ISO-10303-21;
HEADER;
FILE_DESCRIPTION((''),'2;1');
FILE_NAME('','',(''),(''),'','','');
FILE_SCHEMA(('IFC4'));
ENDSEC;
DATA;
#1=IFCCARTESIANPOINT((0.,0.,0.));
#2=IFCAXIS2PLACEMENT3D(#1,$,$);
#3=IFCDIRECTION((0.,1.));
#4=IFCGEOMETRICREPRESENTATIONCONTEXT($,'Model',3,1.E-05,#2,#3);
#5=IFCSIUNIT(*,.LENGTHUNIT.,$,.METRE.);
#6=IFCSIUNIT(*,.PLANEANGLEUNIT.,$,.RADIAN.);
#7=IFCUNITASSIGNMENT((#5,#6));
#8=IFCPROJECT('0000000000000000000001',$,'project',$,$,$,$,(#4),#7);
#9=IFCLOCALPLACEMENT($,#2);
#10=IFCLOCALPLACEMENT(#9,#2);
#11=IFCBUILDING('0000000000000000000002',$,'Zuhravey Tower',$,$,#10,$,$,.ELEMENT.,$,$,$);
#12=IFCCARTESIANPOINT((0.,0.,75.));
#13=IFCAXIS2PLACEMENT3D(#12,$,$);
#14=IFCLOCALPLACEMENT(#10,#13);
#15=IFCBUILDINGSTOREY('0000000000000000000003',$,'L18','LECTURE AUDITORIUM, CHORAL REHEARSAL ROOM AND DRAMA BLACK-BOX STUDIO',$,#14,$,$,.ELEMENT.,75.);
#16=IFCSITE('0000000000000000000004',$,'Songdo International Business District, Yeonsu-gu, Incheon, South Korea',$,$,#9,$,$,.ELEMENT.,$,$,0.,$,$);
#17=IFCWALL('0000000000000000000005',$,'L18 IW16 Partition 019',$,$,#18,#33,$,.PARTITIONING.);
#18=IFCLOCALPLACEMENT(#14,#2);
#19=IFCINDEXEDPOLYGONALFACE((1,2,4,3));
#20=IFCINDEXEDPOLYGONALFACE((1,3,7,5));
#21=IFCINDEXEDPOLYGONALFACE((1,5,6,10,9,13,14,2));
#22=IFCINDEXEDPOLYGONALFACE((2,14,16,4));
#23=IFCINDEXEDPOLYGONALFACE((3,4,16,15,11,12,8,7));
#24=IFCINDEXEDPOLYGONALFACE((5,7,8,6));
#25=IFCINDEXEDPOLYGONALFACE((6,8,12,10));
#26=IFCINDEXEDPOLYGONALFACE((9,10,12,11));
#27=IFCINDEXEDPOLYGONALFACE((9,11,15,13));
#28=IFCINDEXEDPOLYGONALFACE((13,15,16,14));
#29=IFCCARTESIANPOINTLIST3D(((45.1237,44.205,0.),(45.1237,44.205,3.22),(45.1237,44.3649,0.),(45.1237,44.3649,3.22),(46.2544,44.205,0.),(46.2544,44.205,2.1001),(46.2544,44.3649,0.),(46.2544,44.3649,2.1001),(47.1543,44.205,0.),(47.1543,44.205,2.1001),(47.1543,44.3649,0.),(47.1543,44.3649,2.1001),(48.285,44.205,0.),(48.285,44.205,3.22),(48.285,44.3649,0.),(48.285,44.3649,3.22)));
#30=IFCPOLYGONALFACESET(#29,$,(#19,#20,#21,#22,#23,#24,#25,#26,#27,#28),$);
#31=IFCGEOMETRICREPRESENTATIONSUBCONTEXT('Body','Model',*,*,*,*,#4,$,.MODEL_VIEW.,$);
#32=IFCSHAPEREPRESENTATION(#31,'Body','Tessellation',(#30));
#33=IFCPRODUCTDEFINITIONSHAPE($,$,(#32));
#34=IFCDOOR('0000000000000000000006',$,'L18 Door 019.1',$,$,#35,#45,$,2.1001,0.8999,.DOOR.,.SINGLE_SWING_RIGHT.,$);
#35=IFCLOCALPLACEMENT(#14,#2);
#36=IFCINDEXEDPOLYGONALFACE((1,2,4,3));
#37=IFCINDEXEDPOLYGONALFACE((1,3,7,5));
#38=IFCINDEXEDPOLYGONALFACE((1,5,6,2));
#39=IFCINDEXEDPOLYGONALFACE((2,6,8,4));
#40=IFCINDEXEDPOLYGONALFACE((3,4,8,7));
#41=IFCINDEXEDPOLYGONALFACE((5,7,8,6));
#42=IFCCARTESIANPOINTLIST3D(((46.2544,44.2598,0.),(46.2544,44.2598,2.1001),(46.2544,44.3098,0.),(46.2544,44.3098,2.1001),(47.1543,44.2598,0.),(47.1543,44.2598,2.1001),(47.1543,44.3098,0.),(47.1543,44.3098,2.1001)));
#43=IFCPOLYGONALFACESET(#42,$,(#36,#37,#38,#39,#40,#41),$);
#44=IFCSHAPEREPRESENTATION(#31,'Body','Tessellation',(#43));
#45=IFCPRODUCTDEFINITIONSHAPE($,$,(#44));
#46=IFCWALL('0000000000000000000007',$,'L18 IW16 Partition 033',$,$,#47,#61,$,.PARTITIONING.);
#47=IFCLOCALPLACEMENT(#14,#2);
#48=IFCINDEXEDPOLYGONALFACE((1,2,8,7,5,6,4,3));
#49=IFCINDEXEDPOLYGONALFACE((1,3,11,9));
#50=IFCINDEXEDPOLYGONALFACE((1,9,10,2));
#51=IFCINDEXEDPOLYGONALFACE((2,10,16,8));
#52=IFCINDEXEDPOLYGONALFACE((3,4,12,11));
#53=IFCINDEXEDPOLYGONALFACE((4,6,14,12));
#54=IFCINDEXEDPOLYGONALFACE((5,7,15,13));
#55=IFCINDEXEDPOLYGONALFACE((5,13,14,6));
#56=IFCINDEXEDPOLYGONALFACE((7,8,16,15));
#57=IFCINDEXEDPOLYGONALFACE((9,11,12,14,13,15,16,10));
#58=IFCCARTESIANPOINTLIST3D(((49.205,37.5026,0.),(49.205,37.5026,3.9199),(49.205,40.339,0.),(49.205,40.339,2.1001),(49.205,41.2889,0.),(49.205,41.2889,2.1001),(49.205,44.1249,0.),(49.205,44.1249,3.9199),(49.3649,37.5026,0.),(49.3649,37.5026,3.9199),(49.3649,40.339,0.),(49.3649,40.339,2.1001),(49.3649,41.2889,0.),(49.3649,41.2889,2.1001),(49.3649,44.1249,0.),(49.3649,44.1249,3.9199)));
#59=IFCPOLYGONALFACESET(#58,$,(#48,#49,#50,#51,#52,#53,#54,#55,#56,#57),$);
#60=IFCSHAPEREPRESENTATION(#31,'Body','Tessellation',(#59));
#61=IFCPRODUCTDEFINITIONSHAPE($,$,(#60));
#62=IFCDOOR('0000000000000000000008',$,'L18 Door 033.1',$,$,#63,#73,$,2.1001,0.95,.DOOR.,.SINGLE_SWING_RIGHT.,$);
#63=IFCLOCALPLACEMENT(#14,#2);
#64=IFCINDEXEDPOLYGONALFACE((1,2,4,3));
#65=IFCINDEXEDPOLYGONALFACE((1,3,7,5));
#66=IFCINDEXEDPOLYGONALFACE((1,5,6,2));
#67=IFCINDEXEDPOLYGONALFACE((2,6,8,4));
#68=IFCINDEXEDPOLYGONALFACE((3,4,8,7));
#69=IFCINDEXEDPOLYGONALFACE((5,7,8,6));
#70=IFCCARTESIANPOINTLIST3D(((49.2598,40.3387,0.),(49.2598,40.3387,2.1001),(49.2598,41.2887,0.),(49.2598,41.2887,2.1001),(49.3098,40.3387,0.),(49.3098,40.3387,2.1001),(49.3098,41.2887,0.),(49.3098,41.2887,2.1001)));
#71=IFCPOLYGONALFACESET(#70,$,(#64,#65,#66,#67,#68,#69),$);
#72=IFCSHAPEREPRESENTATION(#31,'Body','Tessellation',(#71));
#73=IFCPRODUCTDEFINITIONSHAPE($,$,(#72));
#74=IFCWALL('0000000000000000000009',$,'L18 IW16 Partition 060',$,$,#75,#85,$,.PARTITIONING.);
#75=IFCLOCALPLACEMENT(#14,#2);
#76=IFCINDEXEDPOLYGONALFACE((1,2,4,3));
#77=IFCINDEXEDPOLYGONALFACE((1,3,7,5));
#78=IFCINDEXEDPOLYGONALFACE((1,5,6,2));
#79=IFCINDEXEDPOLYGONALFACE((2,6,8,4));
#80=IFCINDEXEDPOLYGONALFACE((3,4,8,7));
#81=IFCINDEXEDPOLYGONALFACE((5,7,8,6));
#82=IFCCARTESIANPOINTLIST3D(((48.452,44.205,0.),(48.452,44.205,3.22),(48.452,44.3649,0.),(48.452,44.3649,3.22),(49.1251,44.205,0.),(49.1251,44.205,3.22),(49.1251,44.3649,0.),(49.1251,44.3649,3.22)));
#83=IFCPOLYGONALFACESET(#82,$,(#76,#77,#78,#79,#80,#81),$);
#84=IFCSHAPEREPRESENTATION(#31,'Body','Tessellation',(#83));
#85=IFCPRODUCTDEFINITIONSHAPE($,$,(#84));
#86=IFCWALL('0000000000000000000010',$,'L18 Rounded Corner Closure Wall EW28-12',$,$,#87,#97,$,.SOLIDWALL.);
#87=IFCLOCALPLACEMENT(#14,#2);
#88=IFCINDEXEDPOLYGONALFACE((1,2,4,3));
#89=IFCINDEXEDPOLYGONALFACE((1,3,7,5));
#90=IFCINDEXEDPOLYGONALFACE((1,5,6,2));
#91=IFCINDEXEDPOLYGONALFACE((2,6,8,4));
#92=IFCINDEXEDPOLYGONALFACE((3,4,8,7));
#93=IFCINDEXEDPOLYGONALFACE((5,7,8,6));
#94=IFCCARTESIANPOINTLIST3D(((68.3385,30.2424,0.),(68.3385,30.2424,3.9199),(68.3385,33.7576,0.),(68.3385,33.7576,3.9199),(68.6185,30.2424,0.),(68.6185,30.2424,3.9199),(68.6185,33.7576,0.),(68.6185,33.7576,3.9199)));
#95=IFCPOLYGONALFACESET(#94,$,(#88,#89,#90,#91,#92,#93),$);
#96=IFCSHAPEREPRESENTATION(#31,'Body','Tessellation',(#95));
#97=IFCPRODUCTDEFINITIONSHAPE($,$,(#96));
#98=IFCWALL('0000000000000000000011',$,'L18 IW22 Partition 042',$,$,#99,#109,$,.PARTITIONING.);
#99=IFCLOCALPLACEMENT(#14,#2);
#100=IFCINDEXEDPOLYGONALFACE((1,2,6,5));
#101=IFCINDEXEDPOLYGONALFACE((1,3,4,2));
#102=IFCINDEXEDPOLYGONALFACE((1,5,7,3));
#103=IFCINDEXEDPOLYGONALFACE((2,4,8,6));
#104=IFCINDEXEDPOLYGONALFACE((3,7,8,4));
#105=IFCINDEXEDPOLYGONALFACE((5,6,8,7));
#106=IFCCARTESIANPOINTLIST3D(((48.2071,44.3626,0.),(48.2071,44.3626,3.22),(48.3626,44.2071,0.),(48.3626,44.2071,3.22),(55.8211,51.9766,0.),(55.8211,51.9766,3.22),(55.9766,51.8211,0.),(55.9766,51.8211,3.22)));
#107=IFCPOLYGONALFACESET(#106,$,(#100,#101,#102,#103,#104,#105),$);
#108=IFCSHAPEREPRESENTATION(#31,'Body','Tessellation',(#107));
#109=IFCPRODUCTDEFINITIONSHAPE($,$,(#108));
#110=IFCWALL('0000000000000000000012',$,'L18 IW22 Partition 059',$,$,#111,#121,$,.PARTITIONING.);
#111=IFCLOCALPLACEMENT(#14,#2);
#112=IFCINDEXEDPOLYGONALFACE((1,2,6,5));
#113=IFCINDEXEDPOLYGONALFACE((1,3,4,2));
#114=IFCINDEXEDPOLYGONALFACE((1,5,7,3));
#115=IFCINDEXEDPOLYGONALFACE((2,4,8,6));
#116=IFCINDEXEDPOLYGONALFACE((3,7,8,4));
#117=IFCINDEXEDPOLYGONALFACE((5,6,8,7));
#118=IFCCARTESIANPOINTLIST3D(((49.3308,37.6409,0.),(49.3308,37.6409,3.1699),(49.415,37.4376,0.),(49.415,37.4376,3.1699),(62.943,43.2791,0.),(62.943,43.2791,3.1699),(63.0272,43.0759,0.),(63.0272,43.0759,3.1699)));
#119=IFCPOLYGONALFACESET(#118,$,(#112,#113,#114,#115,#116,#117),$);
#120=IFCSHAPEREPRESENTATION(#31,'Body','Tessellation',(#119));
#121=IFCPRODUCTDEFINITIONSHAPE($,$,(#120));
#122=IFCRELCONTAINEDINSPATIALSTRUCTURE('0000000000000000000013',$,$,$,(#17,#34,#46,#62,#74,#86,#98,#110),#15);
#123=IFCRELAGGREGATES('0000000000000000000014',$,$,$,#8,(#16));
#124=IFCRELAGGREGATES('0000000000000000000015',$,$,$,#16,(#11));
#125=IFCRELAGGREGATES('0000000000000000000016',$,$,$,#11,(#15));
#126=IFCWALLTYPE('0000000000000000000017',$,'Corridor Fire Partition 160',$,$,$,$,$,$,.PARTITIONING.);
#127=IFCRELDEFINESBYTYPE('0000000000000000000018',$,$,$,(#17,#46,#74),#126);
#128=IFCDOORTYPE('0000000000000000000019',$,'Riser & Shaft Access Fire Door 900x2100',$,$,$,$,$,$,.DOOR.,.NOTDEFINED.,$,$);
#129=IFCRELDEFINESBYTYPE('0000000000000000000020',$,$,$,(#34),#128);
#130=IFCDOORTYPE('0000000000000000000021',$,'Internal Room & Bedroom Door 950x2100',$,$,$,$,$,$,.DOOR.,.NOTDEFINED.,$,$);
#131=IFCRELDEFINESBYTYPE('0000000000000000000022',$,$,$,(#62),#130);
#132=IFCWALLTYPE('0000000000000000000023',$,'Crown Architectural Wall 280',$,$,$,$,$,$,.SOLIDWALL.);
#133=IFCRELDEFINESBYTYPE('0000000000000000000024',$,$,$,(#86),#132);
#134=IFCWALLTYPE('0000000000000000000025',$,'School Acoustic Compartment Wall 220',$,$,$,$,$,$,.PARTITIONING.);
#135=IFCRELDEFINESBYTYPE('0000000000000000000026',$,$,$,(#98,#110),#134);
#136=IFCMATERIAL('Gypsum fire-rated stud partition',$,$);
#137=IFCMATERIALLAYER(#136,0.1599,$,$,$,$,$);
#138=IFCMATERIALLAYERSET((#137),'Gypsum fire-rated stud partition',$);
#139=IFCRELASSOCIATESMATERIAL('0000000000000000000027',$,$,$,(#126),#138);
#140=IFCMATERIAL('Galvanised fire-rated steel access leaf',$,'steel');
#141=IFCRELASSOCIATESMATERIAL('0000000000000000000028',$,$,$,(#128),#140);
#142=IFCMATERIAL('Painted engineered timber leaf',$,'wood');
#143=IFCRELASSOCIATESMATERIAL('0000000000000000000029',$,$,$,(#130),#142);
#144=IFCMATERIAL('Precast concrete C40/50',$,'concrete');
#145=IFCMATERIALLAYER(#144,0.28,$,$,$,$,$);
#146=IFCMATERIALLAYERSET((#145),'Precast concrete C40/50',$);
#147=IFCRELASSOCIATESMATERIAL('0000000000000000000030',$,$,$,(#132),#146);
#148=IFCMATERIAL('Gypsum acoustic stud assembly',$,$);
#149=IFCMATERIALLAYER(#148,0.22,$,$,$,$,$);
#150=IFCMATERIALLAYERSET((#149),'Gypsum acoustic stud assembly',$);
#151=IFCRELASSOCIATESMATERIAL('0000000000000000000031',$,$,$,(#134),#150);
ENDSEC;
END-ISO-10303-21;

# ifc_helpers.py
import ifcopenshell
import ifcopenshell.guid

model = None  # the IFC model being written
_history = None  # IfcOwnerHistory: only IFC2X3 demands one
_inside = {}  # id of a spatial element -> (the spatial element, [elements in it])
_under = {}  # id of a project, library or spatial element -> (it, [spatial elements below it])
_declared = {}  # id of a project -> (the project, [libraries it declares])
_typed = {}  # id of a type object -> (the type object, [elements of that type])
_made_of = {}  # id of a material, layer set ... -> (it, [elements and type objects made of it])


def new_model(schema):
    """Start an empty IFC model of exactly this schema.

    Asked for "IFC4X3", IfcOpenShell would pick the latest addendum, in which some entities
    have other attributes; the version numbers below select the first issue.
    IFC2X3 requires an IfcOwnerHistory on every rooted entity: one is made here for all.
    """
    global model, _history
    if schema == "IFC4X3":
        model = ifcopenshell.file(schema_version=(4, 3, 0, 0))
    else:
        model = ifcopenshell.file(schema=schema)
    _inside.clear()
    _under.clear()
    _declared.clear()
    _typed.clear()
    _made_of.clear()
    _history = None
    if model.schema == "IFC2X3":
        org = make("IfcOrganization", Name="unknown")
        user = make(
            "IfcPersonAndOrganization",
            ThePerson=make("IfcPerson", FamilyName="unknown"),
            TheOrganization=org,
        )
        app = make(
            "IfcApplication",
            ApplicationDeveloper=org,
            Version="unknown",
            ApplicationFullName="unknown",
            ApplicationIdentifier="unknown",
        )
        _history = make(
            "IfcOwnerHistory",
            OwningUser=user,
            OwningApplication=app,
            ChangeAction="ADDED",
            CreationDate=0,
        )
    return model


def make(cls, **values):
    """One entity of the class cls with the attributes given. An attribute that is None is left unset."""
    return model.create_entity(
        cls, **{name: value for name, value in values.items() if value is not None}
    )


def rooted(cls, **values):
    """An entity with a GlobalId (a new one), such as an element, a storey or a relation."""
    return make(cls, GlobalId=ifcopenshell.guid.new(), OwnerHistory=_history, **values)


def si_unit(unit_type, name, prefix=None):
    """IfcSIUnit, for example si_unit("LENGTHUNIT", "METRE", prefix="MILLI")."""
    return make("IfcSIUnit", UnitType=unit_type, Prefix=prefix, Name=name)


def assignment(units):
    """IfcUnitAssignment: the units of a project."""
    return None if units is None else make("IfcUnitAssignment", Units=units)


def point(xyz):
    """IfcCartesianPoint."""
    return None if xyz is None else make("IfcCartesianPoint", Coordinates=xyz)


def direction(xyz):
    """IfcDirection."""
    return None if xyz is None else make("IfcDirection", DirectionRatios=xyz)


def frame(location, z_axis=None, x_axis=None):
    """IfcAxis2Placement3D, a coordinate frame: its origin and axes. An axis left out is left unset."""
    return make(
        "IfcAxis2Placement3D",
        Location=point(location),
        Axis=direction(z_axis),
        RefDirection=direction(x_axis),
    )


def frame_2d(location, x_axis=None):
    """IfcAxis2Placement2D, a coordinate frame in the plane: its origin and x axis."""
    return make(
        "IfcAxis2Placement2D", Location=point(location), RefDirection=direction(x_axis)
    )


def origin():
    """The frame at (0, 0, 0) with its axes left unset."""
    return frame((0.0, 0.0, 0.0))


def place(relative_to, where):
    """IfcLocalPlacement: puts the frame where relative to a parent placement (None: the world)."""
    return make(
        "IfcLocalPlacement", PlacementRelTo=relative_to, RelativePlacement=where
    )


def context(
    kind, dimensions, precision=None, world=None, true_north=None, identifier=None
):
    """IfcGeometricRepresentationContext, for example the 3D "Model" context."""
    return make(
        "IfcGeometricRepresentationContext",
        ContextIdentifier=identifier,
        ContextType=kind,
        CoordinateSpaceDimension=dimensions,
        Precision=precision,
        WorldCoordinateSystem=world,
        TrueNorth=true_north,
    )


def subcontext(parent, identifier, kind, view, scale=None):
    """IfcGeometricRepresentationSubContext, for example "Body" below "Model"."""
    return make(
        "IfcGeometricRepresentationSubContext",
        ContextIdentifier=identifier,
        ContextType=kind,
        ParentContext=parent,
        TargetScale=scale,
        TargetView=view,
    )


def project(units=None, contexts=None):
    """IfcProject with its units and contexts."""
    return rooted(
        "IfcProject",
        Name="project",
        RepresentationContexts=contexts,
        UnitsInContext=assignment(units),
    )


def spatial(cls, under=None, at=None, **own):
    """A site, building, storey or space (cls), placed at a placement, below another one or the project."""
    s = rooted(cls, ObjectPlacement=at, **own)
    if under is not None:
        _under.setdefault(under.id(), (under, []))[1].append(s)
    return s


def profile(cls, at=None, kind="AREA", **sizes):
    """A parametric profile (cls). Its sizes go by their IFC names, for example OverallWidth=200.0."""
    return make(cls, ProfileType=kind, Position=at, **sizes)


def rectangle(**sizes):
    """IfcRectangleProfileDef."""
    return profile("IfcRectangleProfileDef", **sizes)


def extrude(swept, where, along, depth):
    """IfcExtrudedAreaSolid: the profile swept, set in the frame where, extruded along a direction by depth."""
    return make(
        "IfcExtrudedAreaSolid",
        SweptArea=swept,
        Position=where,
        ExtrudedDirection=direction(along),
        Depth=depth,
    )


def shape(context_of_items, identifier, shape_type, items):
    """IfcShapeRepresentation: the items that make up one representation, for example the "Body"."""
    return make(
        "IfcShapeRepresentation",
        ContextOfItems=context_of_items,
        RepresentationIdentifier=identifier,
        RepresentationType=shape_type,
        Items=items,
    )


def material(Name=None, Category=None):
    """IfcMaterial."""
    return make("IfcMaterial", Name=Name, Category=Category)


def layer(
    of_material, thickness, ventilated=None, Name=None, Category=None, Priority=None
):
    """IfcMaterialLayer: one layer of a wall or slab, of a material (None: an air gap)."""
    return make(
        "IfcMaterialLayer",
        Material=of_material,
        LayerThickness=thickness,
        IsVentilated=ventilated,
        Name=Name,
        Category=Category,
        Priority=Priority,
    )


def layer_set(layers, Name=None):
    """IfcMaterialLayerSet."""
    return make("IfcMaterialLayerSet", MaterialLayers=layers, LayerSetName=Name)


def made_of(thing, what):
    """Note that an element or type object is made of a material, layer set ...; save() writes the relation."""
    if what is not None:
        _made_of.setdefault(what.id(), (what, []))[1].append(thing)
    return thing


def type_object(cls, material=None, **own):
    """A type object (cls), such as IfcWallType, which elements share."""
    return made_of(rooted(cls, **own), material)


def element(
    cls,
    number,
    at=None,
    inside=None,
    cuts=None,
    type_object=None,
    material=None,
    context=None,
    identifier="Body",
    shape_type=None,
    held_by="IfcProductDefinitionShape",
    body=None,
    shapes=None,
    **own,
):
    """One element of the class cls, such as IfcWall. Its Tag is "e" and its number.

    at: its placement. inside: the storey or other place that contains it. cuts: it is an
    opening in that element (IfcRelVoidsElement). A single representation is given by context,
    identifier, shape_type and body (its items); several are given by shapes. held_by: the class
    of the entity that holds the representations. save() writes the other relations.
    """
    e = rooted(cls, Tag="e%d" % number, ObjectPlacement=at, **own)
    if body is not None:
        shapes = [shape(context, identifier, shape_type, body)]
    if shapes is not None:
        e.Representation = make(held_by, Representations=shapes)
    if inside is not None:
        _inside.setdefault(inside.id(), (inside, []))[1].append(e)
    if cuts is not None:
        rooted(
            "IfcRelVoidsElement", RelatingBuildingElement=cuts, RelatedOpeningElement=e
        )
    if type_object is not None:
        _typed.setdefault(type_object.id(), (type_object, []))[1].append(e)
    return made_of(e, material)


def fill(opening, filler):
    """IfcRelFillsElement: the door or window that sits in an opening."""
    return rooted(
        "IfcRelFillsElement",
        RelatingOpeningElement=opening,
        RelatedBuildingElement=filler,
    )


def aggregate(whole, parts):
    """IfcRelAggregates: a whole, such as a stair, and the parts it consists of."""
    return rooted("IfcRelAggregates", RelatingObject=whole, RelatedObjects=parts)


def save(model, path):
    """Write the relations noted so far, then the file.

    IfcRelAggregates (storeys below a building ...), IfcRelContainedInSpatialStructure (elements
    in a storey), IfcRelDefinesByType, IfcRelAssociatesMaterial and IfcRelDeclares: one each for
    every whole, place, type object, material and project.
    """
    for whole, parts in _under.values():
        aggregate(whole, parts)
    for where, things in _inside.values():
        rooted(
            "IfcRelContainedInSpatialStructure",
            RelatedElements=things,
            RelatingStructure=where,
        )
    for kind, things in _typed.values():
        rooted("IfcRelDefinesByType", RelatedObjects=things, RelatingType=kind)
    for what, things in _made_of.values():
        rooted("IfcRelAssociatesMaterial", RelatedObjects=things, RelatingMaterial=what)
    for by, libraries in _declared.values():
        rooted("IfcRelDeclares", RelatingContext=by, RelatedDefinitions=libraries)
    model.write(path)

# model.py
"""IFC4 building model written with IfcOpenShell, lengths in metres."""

from ifc_helpers import new_model, si_unit, direction, frame, frame_2d, origin, place, context, subcontext, project, spatial, rectangle, extrude, material, layer, layer_set, type_object, element, fill, save


model = new_model("IFC4")

# Units and contexts
model_context = context("Model", 3, precision=1e-05, world=origin(), true_north=direction((0.0, 1.0)))
body_context = subcontext(model_context, "Body", "Model", "MODEL_VIEW")
ifc_project = project(units=[si_unit("LENGTHUNIT", "METRE"), si_unit("PLANEANGLEUNIT", "RADIAN")], contexts=[model_context])

# Site, building, storey
site_placement = place(None, origin())
site = spatial("IfcSite", under=ifc_project, at=site_placement, Name="Songdo International Business District, Yeonsu-gu, Incheon, South Korea", CompositionType="ELEMENT", RefElevation=0.0)
building_placement = place(site_placement, origin())
building = spatial("IfcBuilding", under=site, at=building_placement, Name="Zuhravey Tower", CompositionType="ELEMENT")
storey_placement = place(building_placement, frame((0.0, 0.0, 75.0)))
storey = spatial("IfcBuildingStorey", under=building, at=storey_placement, Name="L18", Description="LECTURE AUDITORIUM, CHORAL REHEARSAL ROOM AND DRAMA BLACK-BOX STUDIO", CompositionType="ELEMENT", Elevation=75.0)

# Walls, openings, doors
ifc_material_1 = material(Name="Gypsum fire-rated stud partition")
ifc_layer_1 = layer(ifc_material_1, 0.1599)
ifc_layer_set_1 = layer_set([ifc_layer_1], Name="Gypsum fire-rated stud partition")
wall_type_1 = type_object("IfcWallType", Name="Corridor Fire Partition 160", PredefinedType="PARTITIONING", material=ifc_layer_set_1)
wall_1_placement = place(storey_placement, frame((48.2849, 44.2849, 0.0), z_axis=(0.0, 0.0, 1.0), x_axis=(-1.0, 0.0, 0.0)))
wall_1 = element("IfcWall", 1, at=wall_1_placement, inside=storey, type_object=wall_type_1, Name="L18 IW16 Partition 019", PredefinedType="PARTITIONING", context=body_context, shape_type="SweptSolid", body=[
    extrude(rectangle(XDim=3.1614, YDim=0.1599, at=frame_2d((1.5806, 0.0))), origin(), (0.0, 0.0, 1.0), 3.22),
])
opening_1_placement = place(wall_1_placement, frame((1.1306, 0.0, 0.0)))
opening_1 = element("IfcOpeningElement", 2, at=opening_1_placement, cuts=wall_1, PredefinedType="OPENING", context=body_context, shape_type="SweptSolid", body=[
    extrude(rectangle(XDim=0.8999, YDim=2.1001, at=frame_2d((0.45, 1.05))), frame((0.0, 0.092, 0.0), z_axis=(0.0, -1.0, 0.0), x_axis=(1.0, 0.0, 0.0)), (0.0, 0.0, 1.0), 0.1838),
])
ifc_material_2 = material(Name="Galvanised fire-rated steel access leaf", Category="steel")
door_type_1 = type_object("IfcDoorType", Name="Riser & Shaft Access Fire Door 900x2100", OperationType="NOTDEFINED", PredefinedType="DOOR", material=ifc_material_2)
door_1_placement = place(opening_1_placement, frame((0.8999, 0.0, 0.0), z_axis=(0.0, 0.0, 1.0), x_axis=(-1.0, 0.0, 0.0)))
door_1 = element("IfcDoor", 3, at=door_1_placement, inside=storey, type_object=door_type_1, Name="L18 Door 019.1", OperationType="SINGLE_SWING_RIGHT", OverallHeight=2.1001, OverallWidth=0.8999, PredefinedType="DOOR", context=body_context, shape_type="SweptSolid", body=[
    extrude(rectangle(XDim=0.8999, YDim=2.1001, at=frame_2d((0.45, 1.05))), frame((0.0, 0.0249, 0.0), z_axis=(0.0, -1.0, 0.0), x_axis=(1.0, 0.0, 0.0)), (0.0, 0.0, 1.0), 0.05),
])
fill(opening_1, door_1)
wall_2_placement = place(storey_placement, frame((49.2849, 37.5027, 0.0), z_axis=(0.0, 0.0, 1.0), x_axis=(0.0, 1.0, 0.0)))
wall_2 = element("IfcWall", 4, at=wall_2_placement, inside=storey, type_object=wall_type_1, Name="L18 IW16 Partition 033", PredefinedType="PARTITIONING", context=body_context, shape_type="SweptSolid", body=[
    extrude(rectangle(XDim=6.6223, YDim=0.1599, at=frame_2d((3.311, 0.0))), origin(), (0.0, 0.0, 1.0), 3.9199),
])
opening_2_placement = place(wall_2_placement, frame((2.8362, 0.0, 0.0)))
opening_2 = element("IfcOpeningElement", 5, at=opening_2_placement, cuts=wall_2, PredefinedType="OPENING", context=body_context, shape_type="SweptSolid", body=[
    extrude(rectangle(XDim=0.95, YDim=2.1001, at=frame_2d((0.4751, 1.05))), frame((0.0, 0.092, 0.0), z_axis=(0.0, -1.0, 0.0), x_axis=(1.0, 0.0, 0.0)), (0.0, 0.0, 1.0), 0.1838),
])
ifc_material_3 = material(Name="Painted engineered timber leaf", Category="wood")
door_type_2 = type_object("IfcDoorType", Name="Internal Room & Bedroom Door 950x2100", OperationType="NOTDEFINED", PredefinedType="DOOR", material=ifc_material_3)
door_2_placement = place(opening_2_placement, frame((0.95, 0.0, 0.0), z_axis=(0.0, 0.0, 1.0), x_axis=(-1.0, 0.0, 0.0)))
door_2 = element("IfcDoor", 6, at=door_2_placement, inside=storey, type_object=door_type_2, Name="L18 Door 033.1", OperationType="SINGLE_SWING_RIGHT", OverallHeight=2.1001, OverallWidth=0.95, PredefinedType="DOOR", context=body_context, shape_type="SweptSolid", body=[
    extrude(rectangle(XDim=0.95, YDim=2.1001, at=frame_2d((0.4751, 1.05))), frame((0.0, 0.0249, 0.0), z_axis=(0.0, -1.0, 0.0), x_axis=(1.0, 0.0, 0.0)), (0.0, 0.0, 1.0), 0.05),
])
fill(opening_2, door_2)

# Walls
wall_3_placement = place(storey_placement, frame((49.125, 44.2849, 0.0), z_axis=(0.0, 0.0, 1.0), x_axis=(-1.0, 0.0, 0.0)))
element("IfcWall", 7, at=wall_3_placement, inside=storey, type_object=wall_type_1, Name="L18 IW16 Partition 060", PredefinedType="PARTITIONING", context=body_context, shape_type="SweptSolid", body=[
    extrude(rectangle(XDim=0.6731, YDim=0.1599, at=frame_2d((0.3364, 0.0))), origin(), (0.0, 0.0, 1.0), 3.22),
])
ifc_material_4 = material(Name="Precast concrete C40/50", Category="concrete")
ifc_layer_2 = layer(ifc_material_4, 0.28)
ifc_layer_set_2 = layer_set([ifc_layer_2], Name="Precast concrete C40/50")
wall_type_2 = type_object("IfcWallType", Name="Crown Architectural Wall 280", PredefinedType="SOLIDWALL", material=ifc_layer_set_2)
wall_4_placement = place(storey_placement, frame((68.4785, 33.7576, 0.0), z_axis=(0.0, 0.0, 1.0), x_axis=(0.0, -1.0, 0.0)))
element("IfcWall", 8, at=wall_4_placement, inside=storey, type_object=wall_type_2, Name="L18 Rounded Corner Closure Wall EW28-12", PredefinedType="SOLIDWALL", context=body_context, shape_type="SweptSolid", body=[
    extrude(rectangle(XDim=3.5151, YDim=0.28, at=frame_2d((1.7576, 0.0))), origin(), (0.0, 0.0, 1.0), 3.9199),
])
ifc_material_5 = material(Name="Gypsum acoustic stud assembly")
ifc_layer_3 = layer(ifc_material_5, 0.22)
ifc_layer_set_3 = layer_set([ifc_layer_3], Name="Gypsum acoustic stud assembly")
wall_type_3 = type_object("IfcWallType", Name="School Acoustic Compartment Wall 220", PredefinedType="PARTITIONING", material=ifc_layer_set_3)
wall_5_placement = place(storey_placement, frame((48.2849, 44.2849, 0.0), z_axis=(0.0, 0.0, 1.0), x_axis=(0.707107, 0.707107, 0.0)))
element("IfcWall", 9, at=wall_5_placement, inside=storey, type_object=wall_type_3, Name="L18 IW22 Partition 042", PredefinedType="PARTITIONING", context=body_context, shape_type="SweptSolid", body=[
    extrude(rectangle(XDim=10.7678, YDim=0.22, at=frame_2d((5.3838, 0.0))), origin(), (0.0, 0.0, 1.0), 3.22),
])
wall_6_placement = place(storey_placement, frame((49.373, 37.5393, 0.0), z_axis=(0.0, 0.0, 1.0), x_axis=(0.923882, 0.382677, 0.0)))
element("IfcWall", 10, at=wall_6_placement, inside=storey, type_object=wall_type_3, Name="L18 IW22 Partition 059", PredefinedType="PARTITIONING", context=body_context, shape_type="SweptSolid", body=[
    extrude(rectangle(XDim=14.7336, YDim=0.22, at=frame_2d((7.3667, 0.0))), origin(), (0.0, 0.0, 1.0), 3.1699),
])

save(model, "model.ifc")
